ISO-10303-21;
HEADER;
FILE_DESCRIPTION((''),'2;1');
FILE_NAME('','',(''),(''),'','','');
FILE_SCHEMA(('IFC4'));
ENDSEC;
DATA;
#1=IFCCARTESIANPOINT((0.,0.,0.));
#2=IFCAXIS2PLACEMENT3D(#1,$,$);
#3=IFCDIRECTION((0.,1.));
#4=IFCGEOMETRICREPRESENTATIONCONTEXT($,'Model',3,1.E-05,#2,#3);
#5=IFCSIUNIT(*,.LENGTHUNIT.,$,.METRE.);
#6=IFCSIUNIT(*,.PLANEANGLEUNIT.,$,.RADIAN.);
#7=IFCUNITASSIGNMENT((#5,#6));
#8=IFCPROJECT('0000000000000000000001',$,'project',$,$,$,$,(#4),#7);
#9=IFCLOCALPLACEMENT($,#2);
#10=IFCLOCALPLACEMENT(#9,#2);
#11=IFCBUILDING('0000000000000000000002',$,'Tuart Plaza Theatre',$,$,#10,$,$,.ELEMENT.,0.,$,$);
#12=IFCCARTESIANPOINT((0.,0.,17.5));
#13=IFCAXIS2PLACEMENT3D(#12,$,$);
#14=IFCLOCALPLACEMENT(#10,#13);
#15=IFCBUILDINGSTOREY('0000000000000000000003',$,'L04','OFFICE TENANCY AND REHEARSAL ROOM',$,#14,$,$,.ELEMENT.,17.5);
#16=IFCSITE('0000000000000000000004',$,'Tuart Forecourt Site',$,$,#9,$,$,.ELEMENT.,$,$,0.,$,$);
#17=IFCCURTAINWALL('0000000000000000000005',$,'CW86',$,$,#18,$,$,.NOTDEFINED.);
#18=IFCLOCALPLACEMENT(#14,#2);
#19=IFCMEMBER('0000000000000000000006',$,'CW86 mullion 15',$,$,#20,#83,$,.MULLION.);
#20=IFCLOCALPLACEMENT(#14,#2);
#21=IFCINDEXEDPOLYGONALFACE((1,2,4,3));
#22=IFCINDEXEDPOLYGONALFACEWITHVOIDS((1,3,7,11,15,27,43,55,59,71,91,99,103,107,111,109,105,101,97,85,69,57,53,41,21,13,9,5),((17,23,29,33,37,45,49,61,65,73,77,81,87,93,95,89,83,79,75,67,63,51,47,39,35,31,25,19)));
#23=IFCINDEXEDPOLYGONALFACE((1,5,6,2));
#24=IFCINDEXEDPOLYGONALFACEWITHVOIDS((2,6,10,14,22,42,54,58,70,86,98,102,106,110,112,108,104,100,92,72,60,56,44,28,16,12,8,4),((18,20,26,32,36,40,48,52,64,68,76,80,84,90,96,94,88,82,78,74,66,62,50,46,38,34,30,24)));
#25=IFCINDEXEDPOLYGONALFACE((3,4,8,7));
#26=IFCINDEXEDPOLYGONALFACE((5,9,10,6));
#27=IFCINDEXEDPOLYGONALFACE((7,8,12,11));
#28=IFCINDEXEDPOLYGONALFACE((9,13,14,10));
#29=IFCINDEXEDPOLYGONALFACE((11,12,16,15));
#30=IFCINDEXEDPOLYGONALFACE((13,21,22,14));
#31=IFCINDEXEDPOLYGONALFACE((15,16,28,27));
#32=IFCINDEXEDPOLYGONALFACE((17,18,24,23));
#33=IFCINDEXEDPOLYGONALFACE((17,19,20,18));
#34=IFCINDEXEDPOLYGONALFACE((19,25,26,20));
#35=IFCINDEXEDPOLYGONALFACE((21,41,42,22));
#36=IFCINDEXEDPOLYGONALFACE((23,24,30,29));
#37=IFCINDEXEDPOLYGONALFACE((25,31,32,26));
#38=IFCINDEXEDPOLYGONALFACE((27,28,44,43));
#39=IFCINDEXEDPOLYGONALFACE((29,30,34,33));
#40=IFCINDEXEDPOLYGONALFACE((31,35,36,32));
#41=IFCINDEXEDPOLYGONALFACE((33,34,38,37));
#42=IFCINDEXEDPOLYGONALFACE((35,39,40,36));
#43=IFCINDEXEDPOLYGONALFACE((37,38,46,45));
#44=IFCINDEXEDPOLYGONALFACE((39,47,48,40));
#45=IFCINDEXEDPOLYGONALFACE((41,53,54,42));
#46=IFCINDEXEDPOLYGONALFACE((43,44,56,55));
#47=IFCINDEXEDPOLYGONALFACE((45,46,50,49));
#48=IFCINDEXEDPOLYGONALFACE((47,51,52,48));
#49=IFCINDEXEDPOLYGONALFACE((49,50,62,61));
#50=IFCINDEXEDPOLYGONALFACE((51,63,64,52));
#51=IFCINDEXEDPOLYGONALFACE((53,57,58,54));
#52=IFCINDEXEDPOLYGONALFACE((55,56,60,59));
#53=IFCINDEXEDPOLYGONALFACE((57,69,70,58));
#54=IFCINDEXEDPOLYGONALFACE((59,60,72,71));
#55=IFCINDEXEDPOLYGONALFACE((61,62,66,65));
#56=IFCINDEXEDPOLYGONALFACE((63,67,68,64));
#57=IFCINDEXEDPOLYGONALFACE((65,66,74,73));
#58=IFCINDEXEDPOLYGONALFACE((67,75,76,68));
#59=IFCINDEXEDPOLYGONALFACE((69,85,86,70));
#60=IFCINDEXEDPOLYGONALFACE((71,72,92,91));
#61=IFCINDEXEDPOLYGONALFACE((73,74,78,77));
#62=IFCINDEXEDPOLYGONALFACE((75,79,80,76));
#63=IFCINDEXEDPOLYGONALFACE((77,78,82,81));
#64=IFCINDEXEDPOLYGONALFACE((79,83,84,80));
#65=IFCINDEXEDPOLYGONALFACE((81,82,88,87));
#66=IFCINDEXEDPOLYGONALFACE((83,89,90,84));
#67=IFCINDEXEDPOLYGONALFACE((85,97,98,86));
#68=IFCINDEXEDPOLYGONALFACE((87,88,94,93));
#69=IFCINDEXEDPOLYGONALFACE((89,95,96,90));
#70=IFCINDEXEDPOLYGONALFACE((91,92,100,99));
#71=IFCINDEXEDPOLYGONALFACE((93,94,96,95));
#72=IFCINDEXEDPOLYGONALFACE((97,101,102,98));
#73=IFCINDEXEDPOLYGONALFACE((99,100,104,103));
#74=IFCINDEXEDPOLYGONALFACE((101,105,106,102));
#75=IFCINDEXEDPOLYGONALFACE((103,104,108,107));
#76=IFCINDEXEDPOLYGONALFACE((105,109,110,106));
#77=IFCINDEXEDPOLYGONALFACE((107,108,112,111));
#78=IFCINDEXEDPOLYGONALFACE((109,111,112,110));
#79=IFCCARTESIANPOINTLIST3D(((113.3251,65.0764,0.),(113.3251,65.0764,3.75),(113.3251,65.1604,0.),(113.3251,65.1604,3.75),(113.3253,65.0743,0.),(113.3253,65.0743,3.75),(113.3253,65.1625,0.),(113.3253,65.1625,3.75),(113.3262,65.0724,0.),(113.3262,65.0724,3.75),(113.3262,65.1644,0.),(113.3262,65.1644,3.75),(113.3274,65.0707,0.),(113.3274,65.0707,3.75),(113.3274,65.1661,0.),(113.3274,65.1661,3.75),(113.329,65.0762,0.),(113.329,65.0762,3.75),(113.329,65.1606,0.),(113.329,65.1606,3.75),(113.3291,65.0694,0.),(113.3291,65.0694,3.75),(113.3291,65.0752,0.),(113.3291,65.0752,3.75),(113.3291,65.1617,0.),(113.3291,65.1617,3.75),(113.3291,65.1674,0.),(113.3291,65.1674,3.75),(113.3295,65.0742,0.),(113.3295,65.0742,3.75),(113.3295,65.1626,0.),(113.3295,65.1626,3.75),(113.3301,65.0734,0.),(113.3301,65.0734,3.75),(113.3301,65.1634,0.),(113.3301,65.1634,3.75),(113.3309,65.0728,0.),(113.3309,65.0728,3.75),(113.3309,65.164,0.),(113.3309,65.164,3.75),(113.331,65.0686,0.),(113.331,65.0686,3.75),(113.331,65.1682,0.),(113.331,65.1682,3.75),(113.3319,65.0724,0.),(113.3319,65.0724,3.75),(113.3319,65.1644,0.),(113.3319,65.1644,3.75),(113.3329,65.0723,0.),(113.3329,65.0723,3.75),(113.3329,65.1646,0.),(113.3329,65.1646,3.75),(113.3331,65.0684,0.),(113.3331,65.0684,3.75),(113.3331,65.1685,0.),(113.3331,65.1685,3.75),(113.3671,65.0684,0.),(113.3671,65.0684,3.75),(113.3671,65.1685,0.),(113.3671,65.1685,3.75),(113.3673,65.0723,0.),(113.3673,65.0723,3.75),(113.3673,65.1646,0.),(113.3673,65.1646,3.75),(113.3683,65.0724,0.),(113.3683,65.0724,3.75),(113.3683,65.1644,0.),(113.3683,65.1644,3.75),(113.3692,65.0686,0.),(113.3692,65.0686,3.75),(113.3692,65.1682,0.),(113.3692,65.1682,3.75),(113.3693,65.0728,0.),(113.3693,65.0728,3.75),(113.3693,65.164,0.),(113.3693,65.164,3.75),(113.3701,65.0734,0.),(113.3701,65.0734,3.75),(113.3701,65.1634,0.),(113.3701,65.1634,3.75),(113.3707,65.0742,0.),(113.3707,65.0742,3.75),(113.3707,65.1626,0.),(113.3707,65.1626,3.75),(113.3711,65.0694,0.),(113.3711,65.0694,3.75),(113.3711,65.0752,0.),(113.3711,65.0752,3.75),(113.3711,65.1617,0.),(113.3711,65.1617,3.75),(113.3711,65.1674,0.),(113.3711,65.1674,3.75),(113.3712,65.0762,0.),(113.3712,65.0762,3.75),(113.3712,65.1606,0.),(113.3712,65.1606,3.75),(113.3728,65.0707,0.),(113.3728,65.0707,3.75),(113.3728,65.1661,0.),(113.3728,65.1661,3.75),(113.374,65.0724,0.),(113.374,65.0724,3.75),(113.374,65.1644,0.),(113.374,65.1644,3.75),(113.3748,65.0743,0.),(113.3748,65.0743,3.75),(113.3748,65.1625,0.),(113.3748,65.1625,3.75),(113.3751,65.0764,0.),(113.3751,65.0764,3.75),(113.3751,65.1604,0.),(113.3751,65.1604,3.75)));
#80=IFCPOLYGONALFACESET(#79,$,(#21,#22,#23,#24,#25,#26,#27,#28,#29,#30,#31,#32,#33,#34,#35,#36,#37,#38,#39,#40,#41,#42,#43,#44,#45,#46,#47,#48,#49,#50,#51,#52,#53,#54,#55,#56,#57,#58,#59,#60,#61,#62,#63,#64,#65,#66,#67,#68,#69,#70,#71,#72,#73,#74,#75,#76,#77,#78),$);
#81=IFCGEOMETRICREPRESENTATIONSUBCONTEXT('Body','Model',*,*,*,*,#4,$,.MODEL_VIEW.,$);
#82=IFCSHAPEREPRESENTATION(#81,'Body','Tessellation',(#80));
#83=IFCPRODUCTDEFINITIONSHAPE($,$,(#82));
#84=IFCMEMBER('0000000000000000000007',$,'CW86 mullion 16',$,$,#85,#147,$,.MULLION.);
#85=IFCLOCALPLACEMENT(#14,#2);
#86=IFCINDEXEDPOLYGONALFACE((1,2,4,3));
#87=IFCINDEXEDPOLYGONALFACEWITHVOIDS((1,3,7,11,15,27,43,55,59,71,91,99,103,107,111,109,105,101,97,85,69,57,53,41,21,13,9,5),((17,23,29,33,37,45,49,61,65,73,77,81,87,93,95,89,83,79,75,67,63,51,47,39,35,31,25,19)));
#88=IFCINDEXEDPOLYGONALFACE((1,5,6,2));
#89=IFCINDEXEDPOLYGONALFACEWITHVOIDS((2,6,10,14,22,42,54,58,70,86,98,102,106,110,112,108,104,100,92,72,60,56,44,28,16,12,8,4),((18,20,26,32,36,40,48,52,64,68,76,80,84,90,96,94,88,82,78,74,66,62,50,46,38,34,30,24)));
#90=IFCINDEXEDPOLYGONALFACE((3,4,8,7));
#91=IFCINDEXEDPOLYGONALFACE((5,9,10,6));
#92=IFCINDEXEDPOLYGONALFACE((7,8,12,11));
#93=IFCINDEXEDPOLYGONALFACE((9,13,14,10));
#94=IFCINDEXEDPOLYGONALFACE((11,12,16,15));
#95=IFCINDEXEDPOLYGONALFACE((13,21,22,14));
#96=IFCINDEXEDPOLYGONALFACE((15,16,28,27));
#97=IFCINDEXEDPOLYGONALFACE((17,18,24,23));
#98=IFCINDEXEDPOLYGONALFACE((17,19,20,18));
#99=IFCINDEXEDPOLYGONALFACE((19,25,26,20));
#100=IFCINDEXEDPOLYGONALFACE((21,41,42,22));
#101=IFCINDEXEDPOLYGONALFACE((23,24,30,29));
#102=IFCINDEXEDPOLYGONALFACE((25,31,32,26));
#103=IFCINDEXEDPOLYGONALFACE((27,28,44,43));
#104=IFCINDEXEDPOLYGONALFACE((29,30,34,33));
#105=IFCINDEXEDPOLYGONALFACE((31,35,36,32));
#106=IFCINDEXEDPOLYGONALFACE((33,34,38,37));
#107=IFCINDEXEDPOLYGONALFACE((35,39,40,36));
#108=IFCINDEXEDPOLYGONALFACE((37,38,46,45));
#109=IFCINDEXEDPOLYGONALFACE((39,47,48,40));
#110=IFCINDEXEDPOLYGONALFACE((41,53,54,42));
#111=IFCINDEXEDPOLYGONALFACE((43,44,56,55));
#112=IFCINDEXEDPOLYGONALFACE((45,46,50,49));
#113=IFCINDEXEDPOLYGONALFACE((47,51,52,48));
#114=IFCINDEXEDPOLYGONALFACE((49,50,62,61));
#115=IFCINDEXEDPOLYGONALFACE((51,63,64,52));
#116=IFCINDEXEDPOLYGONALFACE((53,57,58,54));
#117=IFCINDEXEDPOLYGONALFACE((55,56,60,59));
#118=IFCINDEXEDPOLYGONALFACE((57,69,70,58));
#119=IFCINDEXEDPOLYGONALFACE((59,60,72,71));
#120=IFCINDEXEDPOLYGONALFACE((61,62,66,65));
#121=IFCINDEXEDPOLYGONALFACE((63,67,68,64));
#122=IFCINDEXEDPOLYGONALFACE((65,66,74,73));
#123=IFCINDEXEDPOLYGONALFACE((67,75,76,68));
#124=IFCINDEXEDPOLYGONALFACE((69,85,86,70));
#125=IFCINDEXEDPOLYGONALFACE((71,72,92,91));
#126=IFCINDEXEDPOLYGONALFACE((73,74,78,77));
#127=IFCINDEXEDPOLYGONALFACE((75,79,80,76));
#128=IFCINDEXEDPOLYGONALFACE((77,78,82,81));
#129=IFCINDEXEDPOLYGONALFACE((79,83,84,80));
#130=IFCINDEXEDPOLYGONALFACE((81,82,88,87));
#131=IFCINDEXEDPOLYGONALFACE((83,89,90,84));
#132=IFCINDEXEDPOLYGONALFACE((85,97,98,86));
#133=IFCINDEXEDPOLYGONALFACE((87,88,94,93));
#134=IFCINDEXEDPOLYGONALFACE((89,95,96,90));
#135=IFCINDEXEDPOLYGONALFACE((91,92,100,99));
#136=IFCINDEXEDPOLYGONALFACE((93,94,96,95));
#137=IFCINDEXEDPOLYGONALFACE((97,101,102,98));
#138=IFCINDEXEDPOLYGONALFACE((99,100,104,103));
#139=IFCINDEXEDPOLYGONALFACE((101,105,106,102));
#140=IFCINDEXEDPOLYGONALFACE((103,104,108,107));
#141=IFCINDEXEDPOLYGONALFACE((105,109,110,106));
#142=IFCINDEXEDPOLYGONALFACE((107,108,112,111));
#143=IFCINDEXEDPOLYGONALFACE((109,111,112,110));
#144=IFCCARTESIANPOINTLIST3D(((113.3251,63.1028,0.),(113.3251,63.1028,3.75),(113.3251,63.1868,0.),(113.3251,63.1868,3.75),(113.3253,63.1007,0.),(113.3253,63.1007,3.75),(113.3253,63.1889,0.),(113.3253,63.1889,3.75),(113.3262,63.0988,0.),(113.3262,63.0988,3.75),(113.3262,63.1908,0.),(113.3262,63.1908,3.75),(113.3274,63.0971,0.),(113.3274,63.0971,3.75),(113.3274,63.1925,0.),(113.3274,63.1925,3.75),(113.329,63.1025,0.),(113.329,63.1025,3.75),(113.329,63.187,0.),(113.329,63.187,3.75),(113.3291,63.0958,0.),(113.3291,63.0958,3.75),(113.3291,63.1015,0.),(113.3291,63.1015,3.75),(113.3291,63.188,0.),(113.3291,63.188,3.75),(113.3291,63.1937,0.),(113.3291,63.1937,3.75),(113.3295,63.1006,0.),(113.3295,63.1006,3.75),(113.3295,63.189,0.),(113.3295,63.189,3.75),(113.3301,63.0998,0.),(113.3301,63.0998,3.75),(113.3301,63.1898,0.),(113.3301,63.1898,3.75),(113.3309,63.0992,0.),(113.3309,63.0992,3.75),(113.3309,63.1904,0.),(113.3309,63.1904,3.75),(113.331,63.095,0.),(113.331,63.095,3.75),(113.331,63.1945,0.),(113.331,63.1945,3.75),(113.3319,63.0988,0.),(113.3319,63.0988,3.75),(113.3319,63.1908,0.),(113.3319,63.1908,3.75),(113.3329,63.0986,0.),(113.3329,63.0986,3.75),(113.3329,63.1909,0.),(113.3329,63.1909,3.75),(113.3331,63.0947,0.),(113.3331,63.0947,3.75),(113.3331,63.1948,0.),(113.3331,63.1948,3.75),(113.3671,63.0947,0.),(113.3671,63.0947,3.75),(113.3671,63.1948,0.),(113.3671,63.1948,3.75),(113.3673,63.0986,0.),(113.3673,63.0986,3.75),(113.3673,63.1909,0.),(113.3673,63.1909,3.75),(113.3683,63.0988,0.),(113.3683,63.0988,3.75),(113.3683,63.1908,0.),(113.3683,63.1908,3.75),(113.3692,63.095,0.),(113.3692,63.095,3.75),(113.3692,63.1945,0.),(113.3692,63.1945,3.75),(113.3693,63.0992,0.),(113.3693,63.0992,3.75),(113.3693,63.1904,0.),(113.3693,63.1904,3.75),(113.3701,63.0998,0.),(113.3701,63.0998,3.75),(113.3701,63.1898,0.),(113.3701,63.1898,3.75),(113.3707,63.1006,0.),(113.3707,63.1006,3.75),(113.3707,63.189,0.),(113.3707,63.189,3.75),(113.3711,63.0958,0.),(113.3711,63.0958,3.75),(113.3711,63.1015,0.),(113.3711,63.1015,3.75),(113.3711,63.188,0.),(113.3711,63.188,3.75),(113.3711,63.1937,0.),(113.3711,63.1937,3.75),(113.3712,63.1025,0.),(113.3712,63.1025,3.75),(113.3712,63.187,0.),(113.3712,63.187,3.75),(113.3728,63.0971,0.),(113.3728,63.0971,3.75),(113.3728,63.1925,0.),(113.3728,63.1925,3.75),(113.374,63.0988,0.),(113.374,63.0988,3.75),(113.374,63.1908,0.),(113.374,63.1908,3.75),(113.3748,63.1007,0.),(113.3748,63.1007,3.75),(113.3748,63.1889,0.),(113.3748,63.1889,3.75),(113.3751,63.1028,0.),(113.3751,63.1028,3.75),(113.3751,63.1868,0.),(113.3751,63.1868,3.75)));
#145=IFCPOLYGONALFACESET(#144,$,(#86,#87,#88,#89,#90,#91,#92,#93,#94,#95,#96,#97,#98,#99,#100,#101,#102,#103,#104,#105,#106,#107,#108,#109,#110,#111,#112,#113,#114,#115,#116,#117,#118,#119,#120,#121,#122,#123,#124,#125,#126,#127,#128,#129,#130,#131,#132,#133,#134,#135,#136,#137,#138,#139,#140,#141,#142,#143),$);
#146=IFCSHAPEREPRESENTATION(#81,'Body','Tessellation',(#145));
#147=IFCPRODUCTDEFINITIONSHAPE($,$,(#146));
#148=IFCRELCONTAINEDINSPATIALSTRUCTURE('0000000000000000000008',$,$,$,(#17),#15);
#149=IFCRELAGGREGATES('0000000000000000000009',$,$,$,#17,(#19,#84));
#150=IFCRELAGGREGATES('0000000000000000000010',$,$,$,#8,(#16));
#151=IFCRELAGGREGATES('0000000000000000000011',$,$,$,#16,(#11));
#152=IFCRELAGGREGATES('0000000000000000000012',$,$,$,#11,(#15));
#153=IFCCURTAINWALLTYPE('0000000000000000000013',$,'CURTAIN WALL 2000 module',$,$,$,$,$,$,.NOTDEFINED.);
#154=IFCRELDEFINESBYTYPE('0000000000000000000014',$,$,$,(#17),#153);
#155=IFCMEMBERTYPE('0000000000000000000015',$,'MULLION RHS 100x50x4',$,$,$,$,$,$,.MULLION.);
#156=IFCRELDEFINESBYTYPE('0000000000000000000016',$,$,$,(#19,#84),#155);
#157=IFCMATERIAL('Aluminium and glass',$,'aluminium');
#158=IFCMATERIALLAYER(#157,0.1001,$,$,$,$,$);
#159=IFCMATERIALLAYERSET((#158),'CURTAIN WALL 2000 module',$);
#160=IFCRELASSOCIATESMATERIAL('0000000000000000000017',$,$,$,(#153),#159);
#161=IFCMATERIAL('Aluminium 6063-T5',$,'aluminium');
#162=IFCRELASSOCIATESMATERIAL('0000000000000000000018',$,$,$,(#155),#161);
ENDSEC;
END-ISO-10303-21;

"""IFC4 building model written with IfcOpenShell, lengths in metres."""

from ifc_helpers import new_model, si_unit, direction, frame, origin, origin_2d, place, context, subcontext, project, spatial, hollow_rectangle, extrude, material, layer, layer_set, material_profile, profile_set, type_object, element, aggregate, save


model = new_model("IFC4")

# Units and contexts
model_context = context("Model", 3, precision=1e-05, world=origin(), true_north=direction((0.0, 1.0)))
body_context = subcontext(model_context, "Body", "Model", "MODEL_VIEW")
ifc_project = project(units=[si_unit("LENGTHUNIT", "METRE"), si_unit("PLANEANGLEUNIT", "RADIAN")], contexts=[model_context])

# Site, building, storey
site_placement = place(None, origin())
site = spatial("IfcSite", under=ifc_project, at=site_placement, Name="Tuart Forecourt Site", CompositionType="ELEMENT", RefElevation=0.0)
building_placement = place(site_placement, origin())
building = spatial("IfcBuilding", under=site, at=building_placement, Name="Tuart Plaza Theatre", CompositionType="ELEMENT", ElevationOfRefHeight=0.0)
storey_placement = place(building_placement, frame((0.0, 0.0, 17.5)))
storey = spatial("IfcBuildingStorey", under=building, at=storey_placement, Name="L04", Description="OFFICE TENANCY AND REHEARSAL ROOM", CompositionType="ELEMENT", Elevation=17.5)

# Curtain wall, members
ifc_material_1 = material(Name="Aluminium and glass", Category="aluminium")
ifc_layer_1 = layer(ifc_material_1, 0.1001)
ifc_layer_set_1 = layer_set([ifc_layer_1], Name="CURTAIN WALL 2000 module")
curtain_wall_type = type_object("IfcCurtainWallType", Name="CURTAIN WALL 2000 module", PredefinedType="NOTDEFINED", material=ifc_layer_set_1)
curtain_wall_placement = place(storey_placement, origin())
curtain_wall = element("IfcCurtainWall", 1, at=curtain_wall_placement, inside=storey, type_object=curtain_wall_type, Name="CW86", PredefinedType="NOTDEFINED")
ifc_material_2 = material(Name="Aluminium 6063-T5", Category="aluminium")
ifc_material_profile_1 = material_profile(ifc_material_2, hollow_rectangle(XDim=0.05, YDim=0.1001, WallThickness=0.0039, InnerFilletRadius=0.0039, OuterFilletRadius=0.0081, at=origin_2d()), Name="RHS 100x50x4")
ifc_profile_set_1 = profile_set([ifc_material_profile_1], Name="Aluminium 6063-T5")
member_type_1 = type_object("IfcMemberType", Name="MULLION RHS 100x50x4", PredefinedType="MULLION", material=ifc_profile_set_1)
member_1_placement = place(storey_placement, frame((113.3501, 65.1184, 0.0), z_axis=(0.0, 0.0, 1.0), x_axis=(1.0, 0.0, 0.0)))
member_1 = element("IfcMember", 2, at=member_1_placement, type_object=member_type_1, Name="CW86 mullion 15", PredefinedType="MULLION", context=body_context, shape_type="SweptSolid", body=[
    extrude(hollow_rectangle(XDim=0.05, YDim=0.1001, WallThickness=0.0039, InnerFilletRadius=0.0039, OuterFilletRadius=0.0081, at=origin_2d()), origin(), (0.0, 0.0, 1.0), 3.75),
])
member_2_placement = place(storey_placement, frame((113.3501, 63.1448, 0.0), z_axis=(0.0, 0.0, 1.0), x_axis=(1.0, 0.0, 0.0)))
member_2 = element("IfcMember", 3, at=member_2_placement, type_object=member_type_1, Name="CW86 mullion 16", PredefinedType="MULLION", context=body_context, shape_type="SweptSolid", body=[
    extrude(hollow_rectangle(XDim=0.05, YDim=0.1001, WallThickness=0.0039, InnerFilletRadius=0.0039, OuterFilletRadius=0.0081, at=origin_2d()), origin(), (0.0, 0.0, 1.0), 3.75),
])
aggregate(curtain_wall, [member_1, member_2])

save(model, "model.ifc")
